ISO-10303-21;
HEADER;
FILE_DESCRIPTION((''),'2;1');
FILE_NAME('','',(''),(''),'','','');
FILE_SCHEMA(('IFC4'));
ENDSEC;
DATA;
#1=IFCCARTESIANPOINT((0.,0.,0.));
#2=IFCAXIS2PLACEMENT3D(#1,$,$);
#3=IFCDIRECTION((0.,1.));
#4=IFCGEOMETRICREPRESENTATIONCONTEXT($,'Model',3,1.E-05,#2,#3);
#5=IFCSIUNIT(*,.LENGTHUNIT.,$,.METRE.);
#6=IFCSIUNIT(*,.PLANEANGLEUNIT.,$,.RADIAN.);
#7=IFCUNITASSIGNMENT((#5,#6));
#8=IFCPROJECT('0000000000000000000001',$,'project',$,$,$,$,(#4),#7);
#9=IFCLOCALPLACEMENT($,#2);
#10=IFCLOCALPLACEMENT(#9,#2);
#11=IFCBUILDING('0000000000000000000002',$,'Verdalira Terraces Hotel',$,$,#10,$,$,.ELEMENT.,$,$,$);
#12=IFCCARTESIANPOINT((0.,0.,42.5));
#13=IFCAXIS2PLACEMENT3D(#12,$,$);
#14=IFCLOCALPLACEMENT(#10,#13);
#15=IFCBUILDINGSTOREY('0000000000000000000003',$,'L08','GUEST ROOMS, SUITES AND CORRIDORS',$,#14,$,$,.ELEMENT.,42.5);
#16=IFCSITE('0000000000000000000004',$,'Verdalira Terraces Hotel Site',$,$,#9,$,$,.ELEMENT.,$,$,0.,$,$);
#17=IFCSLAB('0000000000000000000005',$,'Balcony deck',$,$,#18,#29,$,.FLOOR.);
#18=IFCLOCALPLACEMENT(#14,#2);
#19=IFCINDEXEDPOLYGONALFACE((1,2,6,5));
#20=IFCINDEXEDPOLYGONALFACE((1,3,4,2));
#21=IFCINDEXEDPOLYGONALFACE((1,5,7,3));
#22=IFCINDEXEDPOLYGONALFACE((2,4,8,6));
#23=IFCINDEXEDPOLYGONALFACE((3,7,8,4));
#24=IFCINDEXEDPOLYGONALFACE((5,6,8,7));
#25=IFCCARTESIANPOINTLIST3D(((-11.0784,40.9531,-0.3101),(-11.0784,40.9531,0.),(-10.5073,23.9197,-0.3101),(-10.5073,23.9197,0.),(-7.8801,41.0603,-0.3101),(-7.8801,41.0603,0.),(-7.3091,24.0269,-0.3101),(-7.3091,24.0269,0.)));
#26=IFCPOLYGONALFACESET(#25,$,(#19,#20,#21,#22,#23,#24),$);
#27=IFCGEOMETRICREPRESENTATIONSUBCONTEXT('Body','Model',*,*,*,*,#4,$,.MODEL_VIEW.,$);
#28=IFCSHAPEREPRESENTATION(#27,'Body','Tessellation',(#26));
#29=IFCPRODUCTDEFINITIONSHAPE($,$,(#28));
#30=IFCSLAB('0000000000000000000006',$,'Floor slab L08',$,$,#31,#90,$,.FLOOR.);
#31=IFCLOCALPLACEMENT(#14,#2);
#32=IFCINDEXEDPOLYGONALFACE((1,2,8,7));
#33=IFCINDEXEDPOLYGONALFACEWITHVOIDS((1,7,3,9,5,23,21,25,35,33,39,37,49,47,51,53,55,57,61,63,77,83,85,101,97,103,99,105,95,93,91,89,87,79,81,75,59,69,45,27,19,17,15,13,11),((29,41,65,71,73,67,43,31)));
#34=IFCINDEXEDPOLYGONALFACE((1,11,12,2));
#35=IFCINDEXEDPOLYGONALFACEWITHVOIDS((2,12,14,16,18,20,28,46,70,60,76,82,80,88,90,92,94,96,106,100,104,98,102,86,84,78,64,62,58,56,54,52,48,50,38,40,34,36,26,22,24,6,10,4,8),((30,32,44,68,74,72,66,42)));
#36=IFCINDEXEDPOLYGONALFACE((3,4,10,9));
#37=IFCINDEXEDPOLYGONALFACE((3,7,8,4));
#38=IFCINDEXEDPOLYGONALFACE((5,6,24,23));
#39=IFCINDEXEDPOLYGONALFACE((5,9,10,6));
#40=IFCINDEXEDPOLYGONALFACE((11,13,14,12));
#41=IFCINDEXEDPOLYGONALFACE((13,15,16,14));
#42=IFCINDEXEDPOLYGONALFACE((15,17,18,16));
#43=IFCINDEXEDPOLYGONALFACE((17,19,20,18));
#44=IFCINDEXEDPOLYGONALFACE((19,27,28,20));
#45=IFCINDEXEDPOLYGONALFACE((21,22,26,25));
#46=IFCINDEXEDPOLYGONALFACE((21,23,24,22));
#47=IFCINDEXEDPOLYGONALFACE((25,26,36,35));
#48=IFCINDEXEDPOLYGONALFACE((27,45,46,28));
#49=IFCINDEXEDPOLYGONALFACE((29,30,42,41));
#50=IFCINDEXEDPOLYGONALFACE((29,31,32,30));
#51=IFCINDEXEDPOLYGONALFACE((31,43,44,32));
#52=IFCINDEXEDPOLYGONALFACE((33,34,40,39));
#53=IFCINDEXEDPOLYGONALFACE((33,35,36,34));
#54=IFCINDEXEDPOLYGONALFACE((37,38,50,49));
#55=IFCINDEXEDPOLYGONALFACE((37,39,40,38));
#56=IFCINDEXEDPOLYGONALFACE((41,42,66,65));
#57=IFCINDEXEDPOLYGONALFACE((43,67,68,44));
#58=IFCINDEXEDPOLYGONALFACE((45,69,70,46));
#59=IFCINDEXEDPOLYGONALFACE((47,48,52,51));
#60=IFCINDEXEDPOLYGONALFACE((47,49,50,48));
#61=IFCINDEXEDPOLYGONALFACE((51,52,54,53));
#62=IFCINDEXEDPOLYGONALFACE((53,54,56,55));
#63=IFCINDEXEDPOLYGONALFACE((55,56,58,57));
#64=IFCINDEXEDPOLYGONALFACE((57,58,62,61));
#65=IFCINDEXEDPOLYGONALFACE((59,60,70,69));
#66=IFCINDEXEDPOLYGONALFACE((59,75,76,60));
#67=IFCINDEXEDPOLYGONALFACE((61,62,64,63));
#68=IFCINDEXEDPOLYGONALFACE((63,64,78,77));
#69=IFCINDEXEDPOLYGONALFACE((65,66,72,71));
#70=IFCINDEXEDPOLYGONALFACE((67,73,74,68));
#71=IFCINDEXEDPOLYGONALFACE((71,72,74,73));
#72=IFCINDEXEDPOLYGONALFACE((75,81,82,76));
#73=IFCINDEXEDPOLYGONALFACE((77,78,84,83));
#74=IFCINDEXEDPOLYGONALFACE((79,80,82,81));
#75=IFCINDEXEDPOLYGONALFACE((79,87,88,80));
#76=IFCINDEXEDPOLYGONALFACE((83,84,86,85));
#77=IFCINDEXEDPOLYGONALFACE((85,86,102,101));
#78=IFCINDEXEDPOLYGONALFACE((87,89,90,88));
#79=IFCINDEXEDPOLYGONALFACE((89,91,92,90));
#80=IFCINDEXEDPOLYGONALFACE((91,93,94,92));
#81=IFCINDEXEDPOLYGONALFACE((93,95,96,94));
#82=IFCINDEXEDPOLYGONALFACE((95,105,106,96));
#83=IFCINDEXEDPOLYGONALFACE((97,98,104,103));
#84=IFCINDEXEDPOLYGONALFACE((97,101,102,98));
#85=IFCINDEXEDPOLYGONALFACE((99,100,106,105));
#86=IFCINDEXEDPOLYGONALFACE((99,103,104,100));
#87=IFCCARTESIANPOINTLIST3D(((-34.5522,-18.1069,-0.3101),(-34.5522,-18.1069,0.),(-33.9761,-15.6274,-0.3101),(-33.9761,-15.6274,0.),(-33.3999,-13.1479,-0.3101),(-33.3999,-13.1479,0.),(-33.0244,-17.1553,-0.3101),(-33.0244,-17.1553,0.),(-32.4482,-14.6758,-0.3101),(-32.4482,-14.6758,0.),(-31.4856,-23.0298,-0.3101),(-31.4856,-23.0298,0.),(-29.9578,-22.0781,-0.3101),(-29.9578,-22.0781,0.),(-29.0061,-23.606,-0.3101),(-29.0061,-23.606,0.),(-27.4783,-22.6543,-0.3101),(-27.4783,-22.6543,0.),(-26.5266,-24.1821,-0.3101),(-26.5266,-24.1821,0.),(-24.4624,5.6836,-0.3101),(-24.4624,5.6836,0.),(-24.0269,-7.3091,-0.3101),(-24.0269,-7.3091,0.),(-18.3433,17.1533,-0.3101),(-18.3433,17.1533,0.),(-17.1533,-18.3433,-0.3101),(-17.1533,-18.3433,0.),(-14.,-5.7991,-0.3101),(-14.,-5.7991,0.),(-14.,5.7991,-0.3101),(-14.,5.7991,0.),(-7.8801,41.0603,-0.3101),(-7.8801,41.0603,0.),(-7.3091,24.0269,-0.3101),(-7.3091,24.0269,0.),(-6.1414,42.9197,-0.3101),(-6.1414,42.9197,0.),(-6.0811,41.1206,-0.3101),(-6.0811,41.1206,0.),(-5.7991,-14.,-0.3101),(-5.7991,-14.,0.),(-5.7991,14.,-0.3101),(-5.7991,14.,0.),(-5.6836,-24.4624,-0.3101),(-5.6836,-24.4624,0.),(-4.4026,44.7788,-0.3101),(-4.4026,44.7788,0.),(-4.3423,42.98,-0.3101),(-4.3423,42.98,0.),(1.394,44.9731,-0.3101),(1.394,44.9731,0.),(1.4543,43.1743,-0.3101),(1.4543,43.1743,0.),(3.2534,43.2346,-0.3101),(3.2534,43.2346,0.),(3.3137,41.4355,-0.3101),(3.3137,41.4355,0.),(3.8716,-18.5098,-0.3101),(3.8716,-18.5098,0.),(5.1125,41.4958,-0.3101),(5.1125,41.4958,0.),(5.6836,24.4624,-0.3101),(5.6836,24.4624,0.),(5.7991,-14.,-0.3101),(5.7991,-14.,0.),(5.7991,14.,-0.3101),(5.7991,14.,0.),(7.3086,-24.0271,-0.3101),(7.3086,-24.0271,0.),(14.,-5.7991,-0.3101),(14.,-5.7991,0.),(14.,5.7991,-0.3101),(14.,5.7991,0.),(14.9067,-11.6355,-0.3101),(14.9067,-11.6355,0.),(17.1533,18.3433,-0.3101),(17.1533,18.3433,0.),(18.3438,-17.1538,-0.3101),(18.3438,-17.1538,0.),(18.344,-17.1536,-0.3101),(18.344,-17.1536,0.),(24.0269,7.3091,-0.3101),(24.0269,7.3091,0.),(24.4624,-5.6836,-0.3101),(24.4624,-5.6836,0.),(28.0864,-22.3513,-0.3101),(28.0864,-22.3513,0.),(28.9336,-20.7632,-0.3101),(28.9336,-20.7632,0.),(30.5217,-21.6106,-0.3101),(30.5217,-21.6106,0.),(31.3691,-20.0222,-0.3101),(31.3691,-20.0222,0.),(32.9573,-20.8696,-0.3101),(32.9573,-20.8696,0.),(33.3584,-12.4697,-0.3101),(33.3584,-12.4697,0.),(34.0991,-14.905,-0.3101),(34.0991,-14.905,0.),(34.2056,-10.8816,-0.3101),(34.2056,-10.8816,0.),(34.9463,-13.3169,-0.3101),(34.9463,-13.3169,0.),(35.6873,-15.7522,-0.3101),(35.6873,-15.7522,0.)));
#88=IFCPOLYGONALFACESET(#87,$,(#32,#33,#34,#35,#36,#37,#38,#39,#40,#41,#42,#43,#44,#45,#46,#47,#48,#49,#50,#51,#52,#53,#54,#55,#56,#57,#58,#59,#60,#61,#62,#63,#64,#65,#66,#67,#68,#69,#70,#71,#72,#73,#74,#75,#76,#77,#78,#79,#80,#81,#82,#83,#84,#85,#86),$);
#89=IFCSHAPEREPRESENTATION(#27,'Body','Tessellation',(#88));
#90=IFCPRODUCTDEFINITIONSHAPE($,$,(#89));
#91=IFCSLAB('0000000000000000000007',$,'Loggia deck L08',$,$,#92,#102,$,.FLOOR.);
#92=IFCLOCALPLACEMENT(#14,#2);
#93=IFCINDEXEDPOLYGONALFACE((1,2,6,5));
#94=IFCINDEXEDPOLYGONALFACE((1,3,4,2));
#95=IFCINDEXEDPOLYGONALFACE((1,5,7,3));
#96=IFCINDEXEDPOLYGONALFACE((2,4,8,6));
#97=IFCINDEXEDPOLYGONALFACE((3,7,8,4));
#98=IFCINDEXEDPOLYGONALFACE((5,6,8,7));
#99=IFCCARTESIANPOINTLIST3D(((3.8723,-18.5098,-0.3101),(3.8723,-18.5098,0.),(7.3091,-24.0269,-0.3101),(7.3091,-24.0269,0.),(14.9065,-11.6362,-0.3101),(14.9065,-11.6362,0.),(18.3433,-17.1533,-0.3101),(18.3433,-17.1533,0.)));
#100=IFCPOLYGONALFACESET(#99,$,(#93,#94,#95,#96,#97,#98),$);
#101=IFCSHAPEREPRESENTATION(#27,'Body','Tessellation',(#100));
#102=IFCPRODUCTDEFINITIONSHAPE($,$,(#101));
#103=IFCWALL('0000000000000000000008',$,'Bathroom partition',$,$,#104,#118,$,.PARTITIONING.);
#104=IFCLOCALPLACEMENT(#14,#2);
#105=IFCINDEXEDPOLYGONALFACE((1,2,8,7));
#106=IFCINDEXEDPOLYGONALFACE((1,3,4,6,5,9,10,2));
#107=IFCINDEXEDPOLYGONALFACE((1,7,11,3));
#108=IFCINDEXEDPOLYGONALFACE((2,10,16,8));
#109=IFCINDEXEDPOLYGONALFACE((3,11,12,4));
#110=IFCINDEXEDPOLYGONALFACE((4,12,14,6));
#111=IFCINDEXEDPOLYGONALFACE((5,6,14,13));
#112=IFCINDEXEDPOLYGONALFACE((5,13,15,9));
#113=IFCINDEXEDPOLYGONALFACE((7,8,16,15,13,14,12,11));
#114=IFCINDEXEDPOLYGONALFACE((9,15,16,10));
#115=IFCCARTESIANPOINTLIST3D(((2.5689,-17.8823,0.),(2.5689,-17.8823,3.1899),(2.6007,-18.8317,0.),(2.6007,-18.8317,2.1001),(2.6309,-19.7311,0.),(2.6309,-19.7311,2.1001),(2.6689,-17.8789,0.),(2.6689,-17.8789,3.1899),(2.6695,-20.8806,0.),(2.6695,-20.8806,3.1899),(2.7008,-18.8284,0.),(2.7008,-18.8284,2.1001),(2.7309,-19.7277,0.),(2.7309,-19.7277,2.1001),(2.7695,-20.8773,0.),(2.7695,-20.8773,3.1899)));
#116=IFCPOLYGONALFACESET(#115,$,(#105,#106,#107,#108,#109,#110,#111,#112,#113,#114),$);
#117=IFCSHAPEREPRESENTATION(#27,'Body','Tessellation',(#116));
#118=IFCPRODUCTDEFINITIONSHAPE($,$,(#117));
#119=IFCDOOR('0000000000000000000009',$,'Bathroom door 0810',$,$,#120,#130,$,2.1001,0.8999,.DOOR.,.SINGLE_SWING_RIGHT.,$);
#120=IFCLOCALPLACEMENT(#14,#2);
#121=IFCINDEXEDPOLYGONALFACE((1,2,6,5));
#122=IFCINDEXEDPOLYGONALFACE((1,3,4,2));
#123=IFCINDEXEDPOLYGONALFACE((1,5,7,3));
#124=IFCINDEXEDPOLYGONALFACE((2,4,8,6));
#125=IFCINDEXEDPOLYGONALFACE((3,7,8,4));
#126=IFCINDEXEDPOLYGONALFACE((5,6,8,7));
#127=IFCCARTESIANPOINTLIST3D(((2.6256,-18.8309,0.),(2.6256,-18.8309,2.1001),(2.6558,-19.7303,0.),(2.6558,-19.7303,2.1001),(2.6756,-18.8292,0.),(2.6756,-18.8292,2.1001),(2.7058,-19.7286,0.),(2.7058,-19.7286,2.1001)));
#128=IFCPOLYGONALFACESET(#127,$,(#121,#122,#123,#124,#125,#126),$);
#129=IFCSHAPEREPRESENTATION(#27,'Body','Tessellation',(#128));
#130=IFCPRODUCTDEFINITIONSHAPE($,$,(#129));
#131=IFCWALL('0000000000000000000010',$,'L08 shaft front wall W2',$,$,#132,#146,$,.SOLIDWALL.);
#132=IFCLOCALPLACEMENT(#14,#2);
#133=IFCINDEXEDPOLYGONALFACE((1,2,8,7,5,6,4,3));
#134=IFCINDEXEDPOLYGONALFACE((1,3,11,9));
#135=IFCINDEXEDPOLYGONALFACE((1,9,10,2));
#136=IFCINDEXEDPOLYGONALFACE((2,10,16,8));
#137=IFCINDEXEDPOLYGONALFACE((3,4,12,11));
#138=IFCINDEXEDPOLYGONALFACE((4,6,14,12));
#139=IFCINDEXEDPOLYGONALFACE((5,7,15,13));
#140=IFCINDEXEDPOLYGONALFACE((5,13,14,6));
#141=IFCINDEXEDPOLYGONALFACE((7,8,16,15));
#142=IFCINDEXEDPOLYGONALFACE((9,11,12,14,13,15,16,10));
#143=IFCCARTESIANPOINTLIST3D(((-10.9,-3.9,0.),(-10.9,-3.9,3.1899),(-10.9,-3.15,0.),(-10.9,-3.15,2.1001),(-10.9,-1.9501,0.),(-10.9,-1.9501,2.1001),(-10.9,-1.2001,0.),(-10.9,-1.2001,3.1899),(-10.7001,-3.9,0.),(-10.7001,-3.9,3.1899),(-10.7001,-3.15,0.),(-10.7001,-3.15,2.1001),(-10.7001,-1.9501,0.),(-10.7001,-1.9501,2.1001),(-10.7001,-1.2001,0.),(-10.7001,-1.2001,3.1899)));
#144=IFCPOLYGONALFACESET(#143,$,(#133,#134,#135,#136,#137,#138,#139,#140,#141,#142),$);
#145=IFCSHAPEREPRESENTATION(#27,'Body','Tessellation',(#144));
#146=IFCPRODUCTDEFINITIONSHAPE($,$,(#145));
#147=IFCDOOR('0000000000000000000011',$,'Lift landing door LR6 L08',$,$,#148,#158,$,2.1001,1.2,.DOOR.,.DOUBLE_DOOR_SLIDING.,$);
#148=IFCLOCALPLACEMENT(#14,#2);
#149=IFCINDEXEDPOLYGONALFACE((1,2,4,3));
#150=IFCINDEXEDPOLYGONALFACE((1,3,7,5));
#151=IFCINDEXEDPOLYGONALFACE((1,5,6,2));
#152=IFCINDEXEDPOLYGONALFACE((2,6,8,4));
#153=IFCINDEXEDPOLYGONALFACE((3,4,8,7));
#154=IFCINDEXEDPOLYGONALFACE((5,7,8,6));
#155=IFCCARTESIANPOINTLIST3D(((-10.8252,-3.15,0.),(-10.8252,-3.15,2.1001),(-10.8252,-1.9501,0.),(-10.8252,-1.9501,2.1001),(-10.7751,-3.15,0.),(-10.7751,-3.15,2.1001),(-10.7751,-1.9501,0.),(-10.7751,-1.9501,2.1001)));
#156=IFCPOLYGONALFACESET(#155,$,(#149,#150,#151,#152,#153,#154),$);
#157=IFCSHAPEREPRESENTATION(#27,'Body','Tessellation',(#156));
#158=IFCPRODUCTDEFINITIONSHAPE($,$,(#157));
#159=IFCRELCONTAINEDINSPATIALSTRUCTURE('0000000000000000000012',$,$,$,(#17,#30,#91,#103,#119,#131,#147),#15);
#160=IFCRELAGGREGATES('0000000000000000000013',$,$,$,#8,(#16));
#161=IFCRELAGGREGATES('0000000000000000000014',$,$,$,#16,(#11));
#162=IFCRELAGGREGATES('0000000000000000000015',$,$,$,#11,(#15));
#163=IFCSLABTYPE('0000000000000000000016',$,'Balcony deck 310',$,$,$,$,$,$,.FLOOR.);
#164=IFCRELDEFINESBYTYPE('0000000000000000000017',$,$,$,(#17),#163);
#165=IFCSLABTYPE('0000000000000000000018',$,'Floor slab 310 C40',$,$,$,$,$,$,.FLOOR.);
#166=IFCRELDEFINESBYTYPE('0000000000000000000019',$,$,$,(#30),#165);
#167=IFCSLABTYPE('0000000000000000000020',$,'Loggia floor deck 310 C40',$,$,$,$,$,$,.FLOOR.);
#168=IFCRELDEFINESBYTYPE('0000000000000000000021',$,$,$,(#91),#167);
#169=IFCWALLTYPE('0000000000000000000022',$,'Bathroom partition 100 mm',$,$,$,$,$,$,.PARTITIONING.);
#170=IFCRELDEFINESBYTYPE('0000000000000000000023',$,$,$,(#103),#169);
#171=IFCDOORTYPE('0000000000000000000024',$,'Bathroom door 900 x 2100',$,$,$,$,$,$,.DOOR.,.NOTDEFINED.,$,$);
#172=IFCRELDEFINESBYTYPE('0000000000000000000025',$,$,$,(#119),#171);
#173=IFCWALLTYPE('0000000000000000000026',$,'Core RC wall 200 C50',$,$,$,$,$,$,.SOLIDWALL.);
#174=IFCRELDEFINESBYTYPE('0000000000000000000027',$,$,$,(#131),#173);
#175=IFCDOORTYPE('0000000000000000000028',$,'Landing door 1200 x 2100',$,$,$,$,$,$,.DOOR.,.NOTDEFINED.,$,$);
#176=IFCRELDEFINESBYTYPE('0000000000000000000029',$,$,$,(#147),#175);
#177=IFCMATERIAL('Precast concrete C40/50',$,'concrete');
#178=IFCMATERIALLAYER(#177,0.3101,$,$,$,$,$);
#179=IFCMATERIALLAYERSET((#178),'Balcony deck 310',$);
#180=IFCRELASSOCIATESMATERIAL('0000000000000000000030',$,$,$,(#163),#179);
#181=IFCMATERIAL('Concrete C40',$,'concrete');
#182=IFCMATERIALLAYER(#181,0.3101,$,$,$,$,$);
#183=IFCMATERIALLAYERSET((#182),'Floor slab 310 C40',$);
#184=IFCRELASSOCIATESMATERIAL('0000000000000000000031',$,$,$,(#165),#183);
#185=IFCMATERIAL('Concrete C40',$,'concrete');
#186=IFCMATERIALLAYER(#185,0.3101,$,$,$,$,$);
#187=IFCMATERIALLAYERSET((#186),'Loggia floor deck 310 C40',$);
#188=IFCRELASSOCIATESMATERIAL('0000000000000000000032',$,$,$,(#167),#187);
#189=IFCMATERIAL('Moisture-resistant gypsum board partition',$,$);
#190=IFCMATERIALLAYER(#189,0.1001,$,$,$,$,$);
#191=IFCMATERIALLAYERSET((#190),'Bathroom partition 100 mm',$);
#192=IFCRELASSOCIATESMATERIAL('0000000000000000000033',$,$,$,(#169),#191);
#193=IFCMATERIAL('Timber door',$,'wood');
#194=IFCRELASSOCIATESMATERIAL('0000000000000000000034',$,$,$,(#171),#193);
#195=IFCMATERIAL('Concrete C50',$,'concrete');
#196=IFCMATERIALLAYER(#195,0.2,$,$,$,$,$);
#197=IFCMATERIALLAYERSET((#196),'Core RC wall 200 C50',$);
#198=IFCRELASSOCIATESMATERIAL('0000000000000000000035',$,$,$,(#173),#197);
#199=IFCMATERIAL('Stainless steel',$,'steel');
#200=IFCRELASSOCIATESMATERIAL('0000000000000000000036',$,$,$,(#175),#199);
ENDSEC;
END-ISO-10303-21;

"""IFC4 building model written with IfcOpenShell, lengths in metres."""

from ifc_helpers import new_model, si_unit, direction, frame, frame_2d, origin, place, context, subcontext, project, spatial, polyline, rectangle, outline, extrude, material, layer, layer_set, type_object, element, fill, save


model = new_model("IFC4")

# Units and contexts
model_context = context("Model", 3, precision=1e-05, world=origin(), true_north=direction((0.0, 1.0)))
body_context = subcontext(model_context, "Body", "Model", "MODEL_VIEW")
ifc_project = project(units=[si_unit("LENGTHUNIT", "METRE"), si_unit("PLANEANGLEUNIT", "RADIAN")], contexts=[model_context])

# Site, building, storey
site_placement = place(None, origin())
site = spatial("IfcSite", under=ifc_project, at=site_placement, Name="Verdalira Terraces Hotel Site", CompositionType="ELEMENT", RefElevation=0.0)
building_placement = place(site_placement, origin())
building = spatial("IfcBuilding", under=site, at=building_placement, Name="Verdalira Terraces Hotel", CompositionType="ELEMENT")
storey_placement = place(building_placement, frame((0.0, 0.0, 42.5)))
storey = spatial("IfcBuildingStorey", under=building, at=storey_placement, Name="L08", Description="GUEST ROOMS, SUITES AND CORRIDORS", CompositionType="ELEMENT", Elevation=42.5)

# Slabs
ifc_material_1 = material(Name="Precast concrete C40/50", Category="concrete")
ifc_layer_1 = layer(ifc_material_1, 0.3101)
ifc_layer_set_1 = layer_set([ifc_layer_1], Name="Balcony deck 310")
slab_type_1 = type_object("IfcSlabType", Name="Balcony deck 310", PredefinedType="FLOOR", material=ifc_layer_set_1)
slab_1_placement = place(storey_placement, frame((0.0, 0.0, -0.3101)))
element("IfcSlab", 1, at=slab_1_placement, inside=storey, type_object=slab_type_1, Name="Balcony deck", PredefinedType="FLOOR", context=body_context, shape_type="SweptSolid", body=[
    extrude(outline(polyline([(-10.5073, 23.9197), (-7.3091, 24.0269), (-7.8801, 41.0603), (-11.0784, 40.9531), (-10.5073, 23.9197)])), origin(), (0.0, 0.0, 1.0), 0.3101),
])
ifc_material_2 = material(Name="Concrete C40", Category="concrete")
ifc_layer_2 = layer(ifc_material_2, 0.3101)
ifc_layer_set_2 = layer_set([ifc_layer_2], Name="Floor slab 310 C40")
slab_type_2 = type_object("IfcSlabType", Name="Floor slab 310 C40", PredefinedType="FLOOR", material=ifc_layer_set_2)
slab_2_placement = place(storey_placement, frame((0.0, 0.0, -0.3101)))
element("IfcSlab", 2, at=slab_2_placement, inside=storey, type_object=slab_type_2, Name="Floor slab L08", PredefinedType="FLOOR", context=body_context, shape_type="SweptSolid", body=[
    extrude(outline(polyline([(-17.1533, -18.3433), (-5.6836, -24.4624), (7.3086, -24.0271), (3.8716, -18.5098), (14.9067, -11.6355), (18.344, -17.1536), (18.3438, -17.1538), (28.0864, -22.3513), (28.9336, -20.7632), (30.5217, -21.6106), (31.3691, -20.0222), (32.9573, -20.8696), (35.6873, -15.7522), (34.0991, -14.905), (34.9463, -13.3169), (33.3584, -12.4697), (34.2056, -10.8816), (24.4624, -5.6836), (24.0269, 7.3091), (17.1533, 18.3433), (5.6836, 24.4624), (5.1125, 41.4958), (3.3137, 41.4355), (3.2534, 43.2346), (1.4543, 43.1743), (1.394, 44.9731), (-4.4026, 44.7788), (-4.3423, 42.98), (-6.1414, 42.9197), (-6.0811, 41.1206), (-7.8801, 41.0603), (-7.3091, 24.0269), (-18.3433, 17.1533), (-24.4624, 5.6836), (-24.0269, -7.3091), (-33.3999, -13.1479), (-32.4482, -14.6758), (-33.9761, -15.6274), (-33.0244, -17.1553), (-34.5522, -18.1069), (-31.4856, -23.0298), (-29.9578, -22.0781), (-29.0061, -23.606), (-27.4783, -22.6543), (-26.5266, -24.1821), (-17.1533, -18.3433)]), holes=[polyline([(5.7991, 14.0), (14.0, 5.7991), (14.0, -5.7991), (5.7991, -14.0), (-5.7991, -14.0), (-14.0, -5.7991), (-14.0, 5.7991), (-5.7991, 14.0), (5.7991, 14.0)])]), origin(), (0.0, 0.0, 1.0), 0.3101),
])
ifc_material_3 = material(Name="Concrete C40", Category="concrete")
ifc_layer_3 = layer(ifc_material_3, 0.3101)
ifc_layer_set_3 = layer_set([ifc_layer_3], Name="Loggia floor deck 310 C40")
slab_type_3 = type_object("IfcSlabType", Name="Loggia floor deck 310 C40", PredefinedType="FLOOR", material=ifc_layer_set_3)
slab_3_placement = place(storey_placement, frame((0.0, 0.0, -0.3101)))
element("IfcSlab", 3, at=slab_3_placement, inside=storey, type_object=slab_type_3, Name="Loggia deck L08", PredefinedType="FLOOR", context=body_context, shape_type="SweptSolid", body=[
    extrude(outline(polyline([(3.8723, -18.5098), (7.3091, -24.0269), (18.3433, -17.1533), (14.9065, -11.6362), (3.8723, -18.5098)])), origin(), (0.0, 0.0, 1.0), 0.3101),
])

# Walls, openings, doors
ifc_material_4 = material(Name="Moisture-resistant gypsum board partition")
ifc_layer_4 = layer(ifc_material_4, 0.1001)
ifc_layer_set_4 = layer_set([ifc_layer_4], Name="Bathroom partition 100 mm")
wall_type_1 = type_object("IfcWallType", Name="Bathroom partition 100 mm", PredefinedType="PARTITIONING", material=ifc_layer_set_4)
wall_1_placement = place(storey_placement, frame((2.6189, -17.8806, 0.0), z_axis=(0.0, 0.0, 1.0), x_axis=(0.033529, -0.999438, 0.0)))
wall_1 = element("IfcWall", 4, at=wall_1_placement, inside=storey, type_object=wall_type_1, Name="Bathroom partition", PredefinedType="PARTITIONING", context=body_context, shape_type="SweptSolid", body=[
    extrude(rectangle(XDim=3.0, YDim=0.1001, at=frame_2d((1.5, 0.0))), origin(), (0.0, 0.0, 1.0), 3.1899),
])
opening_1_placement = place(wall_1_placement, frame((0.95, 0.0, 0.0)))
opening_1 = element("IfcOpeningElement", 5, at=opening_1_placement, cuts=wall_1, PredefinedType="OPENING", context=body_context, shape_type="SweptSolid", body=[
    extrude(rectangle(XDim=0.8999, YDim=2.1001, at=frame_2d((0.45, 1.05))), frame((0.0, 0.0601, 0.0), z_axis=(0.0, -1.0, 0.0), x_axis=(1.0, 0.0, 0.0)), (0.0, 0.0, 1.0), 0.1201),
])
ifc_material_5 = material(Name="Timber door", Category="wood")
door_type_1 = type_object("IfcDoorType", Name="Bathroom door 900 x 2100", OperationType="NOTDEFINED", PredefinedType="DOOR", material=ifc_material_5)
door_1_placement = place(opening_1_placement, origin())
door_1 = element("IfcDoor", 6, at=door_1_placement, inside=storey, type_object=door_type_1, Name="Bathroom door 0810", OperationType="SINGLE_SWING_RIGHT", OverallHeight=2.1001, OverallWidth=0.8999, PredefinedType="DOOR", context=body_context, shape_type="SweptSolid", body=[
    extrude(rectangle(XDim=0.8999, YDim=2.1001, at=frame_2d((0.45, 1.05))), frame((0.0, 0.0249, 0.0), z_axis=(0.0, -1.0, 0.0), x_axis=(1.0, 0.0, 0.0)), (0.0, 0.0, 1.0), 0.05),
])
fill(opening_1, door_1)
ifc_material_6 = material(Name="Concrete C50", Category="concrete")
ifc_layer_5 = layer(ifc_material_6, 0.2)
ifc_layer_set_5 = layer_set([ifc_layer_5], Name="Core RC wall 200 C50")
wall_type_2 = type_object("IfcWallType", Name="Core RC wall 200 C50", PredefinedType="SOLIDWALL", material=ifc_layer_set_5)
wall_2_placement = place(storey_placement, frame((-10.8, -1.2, 0.0), z_axis=(0.0, 0.0, 1.0), x_axis=(0.0, -1.0, 0.0)))
wall_2 = element("IfcWall", 7, at=wall_2_placement, inside=storey, type_object=wall_type_2, Name="L08 shaft front wall W2", PredefinedType="SOLIDWALL", context=body_context, shape_type="SweptSolid", body=[
    extrude(rectangle(XDim=2.7, YDim=0.2, at=frame_2d((1.3501, 0.0))), origin(), (0.0, 0.0, 1.0), 3.1899),
])
opening_2_placement = place(wall_2_placement, frame((0.75, 0.0, 0.0)))
opening_2 = element("IfcOpeningElement", 8, at=opening_2_placement, cuts=wall_2, PredefinedType="OPENING", context=body_context, shape_type="SweptSolid", body=[
    extrude(rectangle(XDim=1.2, YDim=2.1001, at=frame_2d((0.6001, 1.05))), frame((0.0, 0.1099, 0.0), z_axis=(0.0, -1.0, 0.0), x_axis=(1.0, 0.0, 0.0)), (0.0, 0.0, 1.0), 0.22),
])
ifc_material_7 = material(Name="Stainless steel", Category="steel")
door_type_2 = type_object("IfcDoorType", Name="Landing door 1200 x 2100", OperationType="NOTDEFINED", PredefinedType="DOOR", material=ifc_material_7)
door_2_placement = place(opening_2_placement, origin())
door_2 = element("IfcDoor", 9, at=door_2_placement, inside=storey, type_object=door_type_2, Name="Lift landing door LR6 L08", OperationType="DOUBLE_DOOR_SLIDING", OverallHeight=2.1001, OverallWidth=1.2, PredefinedType="DOOR", context=body_context, shape_type="SweptSolid", body=[
    extrude(rectangle(XDim=1.2, YDim=2.1001, at=frame_2d((0.6001, 1.05))), frame((0.0, 0.0249, 0.0), z_axis=(0.0, -1.0, 0.0), x_axis=(1.0, 0.0, 0.0)), (0.0, 0.0, 1.0), 0.05),
])
fill(opening_2, door_2)

save(model, "model.ifc")
